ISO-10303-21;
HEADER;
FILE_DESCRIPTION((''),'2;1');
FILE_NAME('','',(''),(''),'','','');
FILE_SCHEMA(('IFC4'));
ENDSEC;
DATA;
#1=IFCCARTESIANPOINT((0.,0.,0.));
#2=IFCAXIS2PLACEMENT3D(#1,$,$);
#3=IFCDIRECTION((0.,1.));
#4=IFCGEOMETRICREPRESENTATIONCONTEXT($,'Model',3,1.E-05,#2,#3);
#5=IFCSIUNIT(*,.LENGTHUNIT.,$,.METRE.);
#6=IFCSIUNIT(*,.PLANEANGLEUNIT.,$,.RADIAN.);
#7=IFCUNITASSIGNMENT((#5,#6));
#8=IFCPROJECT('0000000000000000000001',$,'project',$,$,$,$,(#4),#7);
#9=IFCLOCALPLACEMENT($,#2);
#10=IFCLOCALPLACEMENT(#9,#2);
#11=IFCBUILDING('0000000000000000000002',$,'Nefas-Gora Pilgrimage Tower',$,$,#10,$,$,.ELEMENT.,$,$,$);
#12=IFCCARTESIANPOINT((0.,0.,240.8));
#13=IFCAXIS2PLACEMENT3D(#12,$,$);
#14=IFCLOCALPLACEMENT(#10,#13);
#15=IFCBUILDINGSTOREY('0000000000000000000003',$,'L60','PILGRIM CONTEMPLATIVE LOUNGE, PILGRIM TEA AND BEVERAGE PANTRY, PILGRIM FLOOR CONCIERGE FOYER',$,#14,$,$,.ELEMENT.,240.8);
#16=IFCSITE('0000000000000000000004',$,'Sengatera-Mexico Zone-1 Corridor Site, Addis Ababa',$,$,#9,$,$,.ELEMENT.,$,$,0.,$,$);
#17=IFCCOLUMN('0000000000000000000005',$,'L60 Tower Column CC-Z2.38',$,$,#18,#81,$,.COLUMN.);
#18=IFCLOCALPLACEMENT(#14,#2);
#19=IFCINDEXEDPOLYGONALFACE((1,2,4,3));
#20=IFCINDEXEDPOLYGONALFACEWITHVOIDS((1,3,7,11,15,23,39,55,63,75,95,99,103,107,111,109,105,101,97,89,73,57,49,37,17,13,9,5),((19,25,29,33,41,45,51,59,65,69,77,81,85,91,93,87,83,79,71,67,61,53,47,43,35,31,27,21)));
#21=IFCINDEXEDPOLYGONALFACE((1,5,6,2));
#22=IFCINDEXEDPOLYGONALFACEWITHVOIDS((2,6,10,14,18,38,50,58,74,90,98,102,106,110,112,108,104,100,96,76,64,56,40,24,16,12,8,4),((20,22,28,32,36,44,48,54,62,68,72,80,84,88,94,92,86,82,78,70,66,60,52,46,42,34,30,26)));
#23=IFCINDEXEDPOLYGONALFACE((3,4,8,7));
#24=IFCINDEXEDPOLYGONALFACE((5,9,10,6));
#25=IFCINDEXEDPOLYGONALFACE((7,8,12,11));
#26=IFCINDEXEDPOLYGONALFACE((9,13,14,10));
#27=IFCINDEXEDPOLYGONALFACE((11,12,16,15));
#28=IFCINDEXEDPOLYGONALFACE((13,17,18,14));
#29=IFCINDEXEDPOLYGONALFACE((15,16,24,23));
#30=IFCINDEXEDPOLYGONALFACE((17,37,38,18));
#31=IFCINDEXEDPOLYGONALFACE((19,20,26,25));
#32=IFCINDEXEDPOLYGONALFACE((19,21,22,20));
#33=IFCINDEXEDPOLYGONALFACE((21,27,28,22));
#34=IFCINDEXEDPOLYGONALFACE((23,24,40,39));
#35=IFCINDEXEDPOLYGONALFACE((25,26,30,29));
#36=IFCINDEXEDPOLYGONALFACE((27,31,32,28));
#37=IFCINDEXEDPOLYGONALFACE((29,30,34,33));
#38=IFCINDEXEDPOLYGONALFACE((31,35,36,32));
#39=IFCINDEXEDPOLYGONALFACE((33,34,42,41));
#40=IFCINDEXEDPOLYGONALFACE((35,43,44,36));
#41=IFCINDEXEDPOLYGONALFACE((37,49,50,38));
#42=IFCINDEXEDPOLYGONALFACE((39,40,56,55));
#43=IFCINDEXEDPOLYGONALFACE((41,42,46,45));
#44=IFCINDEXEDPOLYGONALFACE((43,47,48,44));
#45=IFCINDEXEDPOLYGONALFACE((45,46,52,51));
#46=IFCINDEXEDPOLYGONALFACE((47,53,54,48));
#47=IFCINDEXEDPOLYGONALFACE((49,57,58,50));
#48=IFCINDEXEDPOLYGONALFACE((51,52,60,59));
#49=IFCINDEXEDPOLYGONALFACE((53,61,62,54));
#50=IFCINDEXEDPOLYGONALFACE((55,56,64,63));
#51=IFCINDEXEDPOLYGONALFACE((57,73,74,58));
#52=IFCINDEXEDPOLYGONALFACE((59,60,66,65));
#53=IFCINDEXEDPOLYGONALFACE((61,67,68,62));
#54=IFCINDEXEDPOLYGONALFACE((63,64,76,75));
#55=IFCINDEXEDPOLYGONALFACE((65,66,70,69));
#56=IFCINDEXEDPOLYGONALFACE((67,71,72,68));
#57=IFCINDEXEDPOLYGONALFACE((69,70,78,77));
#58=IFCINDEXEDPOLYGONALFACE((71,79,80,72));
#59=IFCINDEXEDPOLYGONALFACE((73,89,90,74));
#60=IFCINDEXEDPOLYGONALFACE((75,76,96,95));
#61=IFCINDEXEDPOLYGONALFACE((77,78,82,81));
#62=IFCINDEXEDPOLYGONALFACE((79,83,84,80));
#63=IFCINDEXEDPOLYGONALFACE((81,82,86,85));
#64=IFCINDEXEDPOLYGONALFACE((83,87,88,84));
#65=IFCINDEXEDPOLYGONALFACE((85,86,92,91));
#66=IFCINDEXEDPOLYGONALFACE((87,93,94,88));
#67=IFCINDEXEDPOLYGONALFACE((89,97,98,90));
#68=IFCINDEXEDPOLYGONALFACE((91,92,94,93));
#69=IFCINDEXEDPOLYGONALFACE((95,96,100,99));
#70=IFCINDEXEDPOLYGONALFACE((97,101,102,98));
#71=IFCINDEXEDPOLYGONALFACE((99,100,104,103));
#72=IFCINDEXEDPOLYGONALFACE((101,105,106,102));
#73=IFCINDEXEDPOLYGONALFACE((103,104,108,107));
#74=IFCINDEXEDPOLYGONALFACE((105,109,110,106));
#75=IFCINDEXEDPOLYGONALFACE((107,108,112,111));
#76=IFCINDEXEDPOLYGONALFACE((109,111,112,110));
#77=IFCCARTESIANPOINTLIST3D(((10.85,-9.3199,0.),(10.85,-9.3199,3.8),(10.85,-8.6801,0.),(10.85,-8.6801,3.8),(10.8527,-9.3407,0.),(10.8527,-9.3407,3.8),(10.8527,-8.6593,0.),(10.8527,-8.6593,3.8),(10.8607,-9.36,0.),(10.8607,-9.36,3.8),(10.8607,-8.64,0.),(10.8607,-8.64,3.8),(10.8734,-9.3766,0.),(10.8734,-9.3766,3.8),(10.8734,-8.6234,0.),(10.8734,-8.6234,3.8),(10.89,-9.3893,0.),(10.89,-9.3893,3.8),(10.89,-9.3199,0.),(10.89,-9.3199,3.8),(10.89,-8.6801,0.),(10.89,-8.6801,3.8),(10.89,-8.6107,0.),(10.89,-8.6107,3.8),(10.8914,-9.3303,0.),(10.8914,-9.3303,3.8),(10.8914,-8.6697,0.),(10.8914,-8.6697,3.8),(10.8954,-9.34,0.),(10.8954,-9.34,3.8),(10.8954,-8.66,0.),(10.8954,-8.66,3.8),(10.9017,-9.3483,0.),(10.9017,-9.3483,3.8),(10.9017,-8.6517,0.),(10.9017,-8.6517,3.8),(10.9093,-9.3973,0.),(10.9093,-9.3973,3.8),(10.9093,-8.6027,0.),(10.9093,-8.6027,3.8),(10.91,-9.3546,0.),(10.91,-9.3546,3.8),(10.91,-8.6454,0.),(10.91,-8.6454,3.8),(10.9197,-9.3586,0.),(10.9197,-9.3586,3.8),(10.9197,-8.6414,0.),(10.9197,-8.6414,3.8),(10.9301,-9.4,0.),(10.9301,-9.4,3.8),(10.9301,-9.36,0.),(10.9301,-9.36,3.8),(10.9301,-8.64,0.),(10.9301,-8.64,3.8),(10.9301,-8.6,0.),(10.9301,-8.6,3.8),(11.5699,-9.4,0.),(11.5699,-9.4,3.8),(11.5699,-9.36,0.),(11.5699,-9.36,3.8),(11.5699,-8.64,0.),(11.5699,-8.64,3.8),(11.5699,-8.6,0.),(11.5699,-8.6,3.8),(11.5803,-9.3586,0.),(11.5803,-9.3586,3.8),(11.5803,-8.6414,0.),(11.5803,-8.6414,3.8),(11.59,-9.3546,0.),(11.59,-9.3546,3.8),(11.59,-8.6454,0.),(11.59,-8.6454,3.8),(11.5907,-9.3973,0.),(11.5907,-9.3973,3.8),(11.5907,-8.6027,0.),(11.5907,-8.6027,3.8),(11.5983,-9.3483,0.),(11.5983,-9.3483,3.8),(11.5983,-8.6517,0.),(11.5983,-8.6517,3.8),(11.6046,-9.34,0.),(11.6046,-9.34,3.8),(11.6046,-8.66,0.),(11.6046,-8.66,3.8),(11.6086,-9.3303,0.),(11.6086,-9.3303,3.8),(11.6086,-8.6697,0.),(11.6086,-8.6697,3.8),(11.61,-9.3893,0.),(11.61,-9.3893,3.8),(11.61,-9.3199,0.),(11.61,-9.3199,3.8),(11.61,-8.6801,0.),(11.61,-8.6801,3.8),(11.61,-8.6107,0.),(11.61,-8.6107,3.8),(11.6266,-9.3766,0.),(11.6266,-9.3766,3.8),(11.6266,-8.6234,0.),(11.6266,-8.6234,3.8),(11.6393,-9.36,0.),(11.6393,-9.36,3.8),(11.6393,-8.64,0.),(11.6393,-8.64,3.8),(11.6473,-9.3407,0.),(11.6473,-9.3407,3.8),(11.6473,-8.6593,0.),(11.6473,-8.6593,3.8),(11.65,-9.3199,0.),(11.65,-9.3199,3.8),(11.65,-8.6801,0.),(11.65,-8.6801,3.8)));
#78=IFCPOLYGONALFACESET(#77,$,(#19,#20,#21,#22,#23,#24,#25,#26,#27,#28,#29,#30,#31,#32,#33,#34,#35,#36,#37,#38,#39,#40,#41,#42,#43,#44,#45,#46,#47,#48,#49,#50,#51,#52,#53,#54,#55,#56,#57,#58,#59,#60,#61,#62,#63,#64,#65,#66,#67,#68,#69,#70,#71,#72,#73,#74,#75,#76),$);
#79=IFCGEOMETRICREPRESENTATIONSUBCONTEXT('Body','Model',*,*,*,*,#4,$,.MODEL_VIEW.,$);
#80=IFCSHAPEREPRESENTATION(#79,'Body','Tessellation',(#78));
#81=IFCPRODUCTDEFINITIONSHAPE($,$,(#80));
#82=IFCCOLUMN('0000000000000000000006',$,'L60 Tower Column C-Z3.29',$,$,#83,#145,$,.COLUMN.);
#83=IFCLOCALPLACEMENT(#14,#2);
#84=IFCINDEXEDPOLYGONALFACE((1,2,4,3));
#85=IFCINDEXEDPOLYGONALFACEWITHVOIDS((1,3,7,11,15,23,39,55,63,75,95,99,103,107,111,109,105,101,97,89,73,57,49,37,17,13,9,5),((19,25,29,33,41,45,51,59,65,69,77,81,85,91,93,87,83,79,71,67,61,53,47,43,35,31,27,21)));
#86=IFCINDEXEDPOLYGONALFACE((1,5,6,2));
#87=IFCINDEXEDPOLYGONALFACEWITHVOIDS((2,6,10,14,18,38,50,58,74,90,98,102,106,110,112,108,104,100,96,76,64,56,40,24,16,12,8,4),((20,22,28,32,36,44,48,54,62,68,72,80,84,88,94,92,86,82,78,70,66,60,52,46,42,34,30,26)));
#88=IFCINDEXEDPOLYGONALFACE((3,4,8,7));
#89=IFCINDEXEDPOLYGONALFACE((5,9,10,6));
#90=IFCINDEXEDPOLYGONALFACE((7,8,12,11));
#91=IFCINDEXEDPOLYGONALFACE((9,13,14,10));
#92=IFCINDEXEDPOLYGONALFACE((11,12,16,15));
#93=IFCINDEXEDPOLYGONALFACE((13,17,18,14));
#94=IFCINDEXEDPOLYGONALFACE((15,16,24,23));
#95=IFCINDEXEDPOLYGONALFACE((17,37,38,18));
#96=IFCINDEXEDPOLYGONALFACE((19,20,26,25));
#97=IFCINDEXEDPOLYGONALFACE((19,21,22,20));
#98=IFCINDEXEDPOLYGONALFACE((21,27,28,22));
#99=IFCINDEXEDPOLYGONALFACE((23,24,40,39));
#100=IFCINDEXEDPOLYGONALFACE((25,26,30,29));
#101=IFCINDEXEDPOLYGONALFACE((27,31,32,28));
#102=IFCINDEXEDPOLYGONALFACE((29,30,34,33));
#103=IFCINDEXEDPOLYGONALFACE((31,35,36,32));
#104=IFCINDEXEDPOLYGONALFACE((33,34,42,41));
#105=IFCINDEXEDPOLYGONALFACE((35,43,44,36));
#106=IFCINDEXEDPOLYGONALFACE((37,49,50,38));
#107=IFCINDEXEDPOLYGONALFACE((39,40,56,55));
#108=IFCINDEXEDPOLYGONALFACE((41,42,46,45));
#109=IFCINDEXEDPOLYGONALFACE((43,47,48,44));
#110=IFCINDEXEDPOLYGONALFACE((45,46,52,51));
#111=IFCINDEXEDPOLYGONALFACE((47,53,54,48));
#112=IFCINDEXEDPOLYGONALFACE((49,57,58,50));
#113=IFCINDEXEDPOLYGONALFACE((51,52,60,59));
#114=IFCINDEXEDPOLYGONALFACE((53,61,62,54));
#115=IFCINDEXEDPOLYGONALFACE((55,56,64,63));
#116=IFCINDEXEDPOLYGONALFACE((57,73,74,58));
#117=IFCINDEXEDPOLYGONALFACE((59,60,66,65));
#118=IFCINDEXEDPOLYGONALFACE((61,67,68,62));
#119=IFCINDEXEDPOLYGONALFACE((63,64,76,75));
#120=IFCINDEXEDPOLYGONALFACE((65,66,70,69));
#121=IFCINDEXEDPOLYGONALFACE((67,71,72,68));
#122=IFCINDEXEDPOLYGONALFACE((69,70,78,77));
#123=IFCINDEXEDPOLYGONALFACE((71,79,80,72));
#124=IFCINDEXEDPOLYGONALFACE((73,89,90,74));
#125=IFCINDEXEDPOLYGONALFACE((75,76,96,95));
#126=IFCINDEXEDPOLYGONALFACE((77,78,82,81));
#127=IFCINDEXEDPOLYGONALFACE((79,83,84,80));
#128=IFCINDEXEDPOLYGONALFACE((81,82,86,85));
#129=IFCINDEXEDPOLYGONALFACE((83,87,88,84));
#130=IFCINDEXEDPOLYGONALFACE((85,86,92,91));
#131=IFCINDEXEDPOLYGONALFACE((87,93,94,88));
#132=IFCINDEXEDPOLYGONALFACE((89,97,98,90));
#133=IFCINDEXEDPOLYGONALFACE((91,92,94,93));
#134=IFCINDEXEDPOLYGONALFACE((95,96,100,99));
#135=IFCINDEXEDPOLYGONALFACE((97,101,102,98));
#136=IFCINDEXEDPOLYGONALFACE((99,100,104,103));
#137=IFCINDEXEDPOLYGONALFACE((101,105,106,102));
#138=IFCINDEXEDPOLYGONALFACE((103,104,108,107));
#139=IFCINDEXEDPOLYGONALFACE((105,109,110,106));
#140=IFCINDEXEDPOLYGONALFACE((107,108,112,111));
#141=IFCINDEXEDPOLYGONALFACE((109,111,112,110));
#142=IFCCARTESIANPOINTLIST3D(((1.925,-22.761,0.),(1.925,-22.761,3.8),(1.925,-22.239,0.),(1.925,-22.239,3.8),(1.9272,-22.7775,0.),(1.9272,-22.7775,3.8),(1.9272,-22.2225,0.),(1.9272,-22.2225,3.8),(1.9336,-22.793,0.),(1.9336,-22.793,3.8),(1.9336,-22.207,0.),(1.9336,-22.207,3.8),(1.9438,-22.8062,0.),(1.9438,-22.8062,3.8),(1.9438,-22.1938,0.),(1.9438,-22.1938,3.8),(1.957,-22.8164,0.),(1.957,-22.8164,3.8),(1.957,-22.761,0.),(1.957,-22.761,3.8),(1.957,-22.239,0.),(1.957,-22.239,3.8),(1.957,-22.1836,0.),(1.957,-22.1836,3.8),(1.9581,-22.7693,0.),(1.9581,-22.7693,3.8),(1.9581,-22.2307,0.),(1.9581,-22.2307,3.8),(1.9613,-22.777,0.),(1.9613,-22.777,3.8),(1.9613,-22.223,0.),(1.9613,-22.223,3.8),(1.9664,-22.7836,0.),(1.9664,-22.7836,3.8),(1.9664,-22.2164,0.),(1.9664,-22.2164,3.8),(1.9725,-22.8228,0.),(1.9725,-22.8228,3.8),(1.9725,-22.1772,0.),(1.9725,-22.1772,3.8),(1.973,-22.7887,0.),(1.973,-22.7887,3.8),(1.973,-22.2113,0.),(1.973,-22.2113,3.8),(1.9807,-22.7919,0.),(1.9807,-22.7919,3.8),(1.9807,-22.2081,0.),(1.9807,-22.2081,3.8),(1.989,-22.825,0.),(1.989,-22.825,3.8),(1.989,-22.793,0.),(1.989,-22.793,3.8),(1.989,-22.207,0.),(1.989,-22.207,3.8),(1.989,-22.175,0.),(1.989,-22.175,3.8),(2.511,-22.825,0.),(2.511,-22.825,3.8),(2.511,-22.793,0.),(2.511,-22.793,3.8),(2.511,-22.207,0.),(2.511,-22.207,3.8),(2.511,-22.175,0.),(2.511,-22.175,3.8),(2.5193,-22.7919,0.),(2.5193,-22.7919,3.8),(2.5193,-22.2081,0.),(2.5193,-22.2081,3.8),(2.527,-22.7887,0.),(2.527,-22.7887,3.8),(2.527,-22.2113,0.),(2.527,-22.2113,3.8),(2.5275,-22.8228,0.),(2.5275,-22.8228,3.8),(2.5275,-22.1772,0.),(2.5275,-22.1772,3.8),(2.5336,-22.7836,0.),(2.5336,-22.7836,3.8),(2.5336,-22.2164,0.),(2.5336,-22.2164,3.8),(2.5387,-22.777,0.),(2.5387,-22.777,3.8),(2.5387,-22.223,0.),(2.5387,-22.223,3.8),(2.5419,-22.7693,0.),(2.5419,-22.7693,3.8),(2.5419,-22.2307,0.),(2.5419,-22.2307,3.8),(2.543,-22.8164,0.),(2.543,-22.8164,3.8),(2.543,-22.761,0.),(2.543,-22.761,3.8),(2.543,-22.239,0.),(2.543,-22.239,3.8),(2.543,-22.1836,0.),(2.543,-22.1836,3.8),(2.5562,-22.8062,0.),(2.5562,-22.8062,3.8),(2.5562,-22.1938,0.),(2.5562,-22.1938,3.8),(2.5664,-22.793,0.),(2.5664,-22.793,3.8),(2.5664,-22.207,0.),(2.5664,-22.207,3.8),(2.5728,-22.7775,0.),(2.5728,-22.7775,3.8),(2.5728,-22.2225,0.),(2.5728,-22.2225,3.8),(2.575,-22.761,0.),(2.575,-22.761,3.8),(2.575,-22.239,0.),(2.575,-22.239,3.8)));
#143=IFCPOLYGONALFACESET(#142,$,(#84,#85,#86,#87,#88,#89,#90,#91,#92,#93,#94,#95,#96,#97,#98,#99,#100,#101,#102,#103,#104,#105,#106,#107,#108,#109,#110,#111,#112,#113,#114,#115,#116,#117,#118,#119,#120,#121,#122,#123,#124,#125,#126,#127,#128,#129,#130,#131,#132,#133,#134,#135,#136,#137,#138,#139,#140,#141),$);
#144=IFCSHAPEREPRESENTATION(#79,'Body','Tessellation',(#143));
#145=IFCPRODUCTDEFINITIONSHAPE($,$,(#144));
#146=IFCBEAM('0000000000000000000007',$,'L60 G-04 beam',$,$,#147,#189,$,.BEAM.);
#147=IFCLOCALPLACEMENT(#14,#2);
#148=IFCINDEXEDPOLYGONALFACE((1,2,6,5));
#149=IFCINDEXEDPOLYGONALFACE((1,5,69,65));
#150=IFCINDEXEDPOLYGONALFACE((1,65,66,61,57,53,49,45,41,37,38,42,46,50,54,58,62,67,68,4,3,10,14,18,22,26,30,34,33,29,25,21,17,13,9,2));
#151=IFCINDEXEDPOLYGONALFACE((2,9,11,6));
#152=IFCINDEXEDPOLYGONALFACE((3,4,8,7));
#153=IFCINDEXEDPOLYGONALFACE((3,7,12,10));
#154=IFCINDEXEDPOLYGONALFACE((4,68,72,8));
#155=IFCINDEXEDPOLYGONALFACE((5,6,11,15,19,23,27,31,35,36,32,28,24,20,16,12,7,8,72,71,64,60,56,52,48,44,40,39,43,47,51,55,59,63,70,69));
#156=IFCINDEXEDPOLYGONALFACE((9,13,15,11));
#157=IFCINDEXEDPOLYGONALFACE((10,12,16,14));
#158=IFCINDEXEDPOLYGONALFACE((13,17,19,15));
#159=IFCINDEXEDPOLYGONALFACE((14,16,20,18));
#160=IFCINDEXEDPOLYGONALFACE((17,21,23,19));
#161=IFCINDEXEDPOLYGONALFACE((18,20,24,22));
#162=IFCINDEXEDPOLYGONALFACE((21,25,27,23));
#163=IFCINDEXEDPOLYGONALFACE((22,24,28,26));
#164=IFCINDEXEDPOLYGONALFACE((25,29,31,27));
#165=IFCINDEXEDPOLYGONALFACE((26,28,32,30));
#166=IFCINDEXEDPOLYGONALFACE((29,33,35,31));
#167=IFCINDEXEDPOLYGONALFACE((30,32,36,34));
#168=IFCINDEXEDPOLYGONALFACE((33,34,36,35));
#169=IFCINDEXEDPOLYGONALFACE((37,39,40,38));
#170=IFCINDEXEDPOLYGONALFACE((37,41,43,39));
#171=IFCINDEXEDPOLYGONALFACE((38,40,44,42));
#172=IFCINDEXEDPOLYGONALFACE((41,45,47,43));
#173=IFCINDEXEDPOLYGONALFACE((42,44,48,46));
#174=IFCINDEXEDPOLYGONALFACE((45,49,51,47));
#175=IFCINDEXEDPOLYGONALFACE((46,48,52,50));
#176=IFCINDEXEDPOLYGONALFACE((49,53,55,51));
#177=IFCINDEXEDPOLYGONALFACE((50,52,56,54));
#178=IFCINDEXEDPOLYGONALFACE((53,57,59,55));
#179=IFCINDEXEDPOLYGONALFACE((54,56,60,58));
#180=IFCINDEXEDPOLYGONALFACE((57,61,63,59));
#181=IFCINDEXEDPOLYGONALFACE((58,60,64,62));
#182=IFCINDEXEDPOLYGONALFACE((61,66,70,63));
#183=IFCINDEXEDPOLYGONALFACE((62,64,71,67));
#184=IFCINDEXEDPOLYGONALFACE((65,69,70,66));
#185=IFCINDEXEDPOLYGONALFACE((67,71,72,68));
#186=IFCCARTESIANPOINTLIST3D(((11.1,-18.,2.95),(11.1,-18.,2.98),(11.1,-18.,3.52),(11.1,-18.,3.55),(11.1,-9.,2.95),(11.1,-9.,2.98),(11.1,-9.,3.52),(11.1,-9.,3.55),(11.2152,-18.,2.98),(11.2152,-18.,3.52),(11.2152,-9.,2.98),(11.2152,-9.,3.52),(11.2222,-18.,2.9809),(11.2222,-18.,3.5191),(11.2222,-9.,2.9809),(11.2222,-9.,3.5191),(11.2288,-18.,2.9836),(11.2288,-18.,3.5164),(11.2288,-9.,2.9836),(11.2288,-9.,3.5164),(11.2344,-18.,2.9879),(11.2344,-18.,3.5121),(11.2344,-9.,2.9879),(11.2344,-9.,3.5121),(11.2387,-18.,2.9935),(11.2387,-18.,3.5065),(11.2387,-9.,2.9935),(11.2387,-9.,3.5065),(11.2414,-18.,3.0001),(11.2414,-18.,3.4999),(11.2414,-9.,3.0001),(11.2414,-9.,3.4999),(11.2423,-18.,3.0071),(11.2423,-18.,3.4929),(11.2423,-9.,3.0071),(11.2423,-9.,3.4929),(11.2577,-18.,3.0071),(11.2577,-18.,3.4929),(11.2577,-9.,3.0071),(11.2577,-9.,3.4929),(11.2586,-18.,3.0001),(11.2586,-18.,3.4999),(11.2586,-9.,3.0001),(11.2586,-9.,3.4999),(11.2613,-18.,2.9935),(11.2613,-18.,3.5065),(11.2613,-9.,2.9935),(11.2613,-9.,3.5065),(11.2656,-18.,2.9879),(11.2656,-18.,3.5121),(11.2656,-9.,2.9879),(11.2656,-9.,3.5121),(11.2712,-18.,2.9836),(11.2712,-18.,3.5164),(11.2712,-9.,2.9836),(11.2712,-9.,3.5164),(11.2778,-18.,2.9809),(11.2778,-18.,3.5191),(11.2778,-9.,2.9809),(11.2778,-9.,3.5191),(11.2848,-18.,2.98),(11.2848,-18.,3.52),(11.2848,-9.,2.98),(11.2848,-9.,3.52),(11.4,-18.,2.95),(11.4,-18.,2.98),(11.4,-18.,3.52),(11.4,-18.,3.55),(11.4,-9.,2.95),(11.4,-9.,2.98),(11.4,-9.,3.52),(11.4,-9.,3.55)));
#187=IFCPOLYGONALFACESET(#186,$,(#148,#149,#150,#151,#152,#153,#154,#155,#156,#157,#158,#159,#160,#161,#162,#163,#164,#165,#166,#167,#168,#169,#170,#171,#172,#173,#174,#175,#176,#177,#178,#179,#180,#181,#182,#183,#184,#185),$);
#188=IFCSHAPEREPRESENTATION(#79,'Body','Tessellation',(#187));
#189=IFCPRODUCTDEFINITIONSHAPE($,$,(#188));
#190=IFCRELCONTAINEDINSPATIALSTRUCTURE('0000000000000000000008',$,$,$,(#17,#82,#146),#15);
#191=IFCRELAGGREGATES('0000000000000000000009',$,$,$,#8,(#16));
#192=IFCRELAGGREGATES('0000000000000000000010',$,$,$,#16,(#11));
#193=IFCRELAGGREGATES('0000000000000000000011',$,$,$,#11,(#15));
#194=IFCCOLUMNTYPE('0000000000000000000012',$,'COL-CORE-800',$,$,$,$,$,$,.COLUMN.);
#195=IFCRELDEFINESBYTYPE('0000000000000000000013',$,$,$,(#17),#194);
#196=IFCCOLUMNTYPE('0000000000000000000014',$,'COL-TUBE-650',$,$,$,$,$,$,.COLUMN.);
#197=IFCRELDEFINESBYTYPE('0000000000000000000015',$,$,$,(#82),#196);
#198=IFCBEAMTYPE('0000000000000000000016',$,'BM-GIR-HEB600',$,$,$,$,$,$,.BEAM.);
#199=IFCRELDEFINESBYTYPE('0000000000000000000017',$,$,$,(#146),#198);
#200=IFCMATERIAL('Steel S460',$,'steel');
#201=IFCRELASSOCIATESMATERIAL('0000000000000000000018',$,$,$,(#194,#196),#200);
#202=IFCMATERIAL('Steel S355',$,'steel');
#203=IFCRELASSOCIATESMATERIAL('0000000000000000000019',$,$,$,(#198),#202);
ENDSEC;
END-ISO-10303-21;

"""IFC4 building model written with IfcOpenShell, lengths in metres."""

from ifc_helpers import new_model, si_unit, direction, frame, origin, origin_2d, place, context, subcontext, project, spatial, hollow_rectangle, i_section, extrude, source, transform, mapped, material, material_profile, profile_set, type_object, element, save


model = new_model("IFC4")

# Units and contexts
model_context = context("Model", 3, precision=1e-05, world=origin(), true_north=direction((0.0, 1.0)))
body_context = subcontext(model_context, "Body", "Model", "MODEL_VIEW")
ifc_project = project(units=[si_unit("LENGTHUNIT", "METRE"), si_unit("PLANEANGLEUNIT", "RADIAN")], contexts=[model_context])

# Site, building, storey
site_placement = place(None, origin())
site = spatial("IfcSite", under=ifc_project, at=site_placement, Name="Sengatera-Mexico Zone-1 Corridor Site, Addis Ababa", CompositionType="ELEMENT", RefElevation=0.0)
building_placement = place(site_placement, origin())
building = spatial("IfcBuilding", under=site, at=building_placement, Name="Nefas-Gora Pilgrimage Tower", CompositionType="ELEMENT")
storey_placement = place(building_placement, frame((0.0, 0.0, 240.8)))
storey = spatial("IfcBuildingStorey", under=building, at=storey_placement, Name="L60", Description="PILGRIM CONTEMPLATIVE LOUNGE, PILGRIM TEA AND BEVERAGE PANTRY, PILGRIM FLOOR CONCIERGE FOYER", CompositionType="ELEMENT", Elevation=240.8)

# Columns
ifc_material_1 = material(Name="Steel S460", Category="steel")
ifc_material_profile_1 = material_profile(ifc_material_1, hollow_rectangle(XDim=0.8, YDim=0.8, WallThickness=0.04, InnerFilletRadius=0.04, OuterFilletRadius=0.0801, at=origin_2d()), Name="BOX 800x800x40")
ifc_profile_set_1 = profile_set([ifc_material_profile_1], Name="Steel S460")
column_type_1 = type_object("IfcColumnType", Name="COL-CORE-800", PredefinedType="COLUMN", material=ifc_profile_set_1)
shared_shape_1 = source(origin(), body_context, "Body", "SweptSolid", [
    extrude(hollow_rectangle(XDim=0.8, YDim=0.8, WallThickness=0.04, InnerFilletRadius=0.04, OuterFilletRadius=0.0801, at=origin_2d()), origin(), (0.0, 0.0, 1.0), 3.8),
])
column_1_placement = place(storey_placement, frame((11.25, -9.0, 0.0), z_axis=(0.0, 0.0, 1.0), x_axis=(1.0, 0.0, 0.0)))
element("IfcColumn", 1, at=column_1_placement, inside=storey, type_object=column_type_1, Name="L60 Tower Column CC-Z2.38", PredefinedType="COLUMN", context=body_context, shape_type="MappedRepresentation", body=[
    mapped(shared_shape_1, transform((0.0, 0.0, 0.0), x_axis=(1.0, 0.0, 0.0), y_axis=(0.0, 1.0, 0.0), z_axis=(0.0, 0.0, 1.0), scale=1.0)),
])
ifc_material_profile_2 = material_profile(ifc_material_1, hollow_rectangle(XDim=0.6499, YDim=0.6499, WallThickness=0.032, InnerFilletRadius=0.032, OuterFilletRadius=0.064, at=origin_2d()), Name="BOX 650x650x32")
ifc_profile_set_2 = profile_set([ifc_material_profile_2], Name="Steel S460")
column_type_2 = type_object("IfcColumnType", Name="COL-TUBE-650", PredefinedType="COLUMN", material=ifc_profile_set_2)
shared_shape_2 = source(origin(), body_context, "Body", "SweptSolid", [
    extrude(hollow_rectangle(XDim=0.6499, YDim=0.6499, WallThickness=0.032, InnerFilletRadius=0.032, OuterFilletRadius=0.064, at=origin_2d()), origin(), (0.0, 0.0, 1.0), 3.8),
])
column_2_placement = place(storey_placement, frame((2.25, -22.5, 0.0), z_axis=(0.0, 0.0, 1.0), x_axis=(1.0, 0.0, 0.0)))
element("IfcColumn", 2, at=column_2_placement, inside=storey, type_object=column_type_2, Name="L60 Tower Column C-Z3.29", PredefinedType="COLUMN", context=body_context, shape_type="MappedRepresentation", body=[
    mapped(shared_shape_2, transform((0.0, 0.0, 0.0), x_axis=(1.0, 0.0, 0.0), y_axis=(0.0, 1.0, 0.0), z_axis=(0.0, 0.0, 1.0), scale=1.0)),
])

# Beam
ifc_material_2 = material(Name="Steel S355", Category="steel")
ifc_material_profile_3 = material_profile(ifc_material_2, i_section(OverallWidth=0.3, OverallDepth=0.6001, WebThickness=0.0154, FlangeThickness=0.03, FilletRadius=0.0271, at=origin_2d()), Name="HEB 600")
ifc_profile_set_3 = profile_set([ifc_material_profile_3], Name="Steel S355")
beam_type = type_object("IfcBeamType", Name="BM-GIR-HEB600", PredefinedType="BEAM", material=ifc_profile_set_3)
shared_shape_3 = source(origin(), body_context, "Body", "SweptSolid", [
    extrude(i_section(OverallWidth=0.3, OverallDepth=0.6001, WebThickness=0.0154, FlangeThickness=0.03, FilletRadius=0.0271, at=origin_2d()), origin(), (0.0, 0.0, 1.0), 9.0),
])
beam_placement = place(storey_placement, frame((11.25, -18.0, 3.25), z_axis=(0.0, 1.0, 0.0), x_axis=(-1.0, 0.0, 0.0)))
element("IfcBeam", 3, at=beam_placement, inside=storey, type_object=beam_type, Name="L60 G-04 beam", PredefinedType="BEAM", context=body_context, shape_type="MappedRepresentation", body=[
    mapped(shared_shape_3, transform((0.0, 0.0, 0.0), x_axis=(1.0, 0.0, 0.0), y_axis=(0.0, 1.0, 0.0), z_axis=(0.0, 0.0, 1.0), scale=1.0)),
])

save(model, "model.ifc")
